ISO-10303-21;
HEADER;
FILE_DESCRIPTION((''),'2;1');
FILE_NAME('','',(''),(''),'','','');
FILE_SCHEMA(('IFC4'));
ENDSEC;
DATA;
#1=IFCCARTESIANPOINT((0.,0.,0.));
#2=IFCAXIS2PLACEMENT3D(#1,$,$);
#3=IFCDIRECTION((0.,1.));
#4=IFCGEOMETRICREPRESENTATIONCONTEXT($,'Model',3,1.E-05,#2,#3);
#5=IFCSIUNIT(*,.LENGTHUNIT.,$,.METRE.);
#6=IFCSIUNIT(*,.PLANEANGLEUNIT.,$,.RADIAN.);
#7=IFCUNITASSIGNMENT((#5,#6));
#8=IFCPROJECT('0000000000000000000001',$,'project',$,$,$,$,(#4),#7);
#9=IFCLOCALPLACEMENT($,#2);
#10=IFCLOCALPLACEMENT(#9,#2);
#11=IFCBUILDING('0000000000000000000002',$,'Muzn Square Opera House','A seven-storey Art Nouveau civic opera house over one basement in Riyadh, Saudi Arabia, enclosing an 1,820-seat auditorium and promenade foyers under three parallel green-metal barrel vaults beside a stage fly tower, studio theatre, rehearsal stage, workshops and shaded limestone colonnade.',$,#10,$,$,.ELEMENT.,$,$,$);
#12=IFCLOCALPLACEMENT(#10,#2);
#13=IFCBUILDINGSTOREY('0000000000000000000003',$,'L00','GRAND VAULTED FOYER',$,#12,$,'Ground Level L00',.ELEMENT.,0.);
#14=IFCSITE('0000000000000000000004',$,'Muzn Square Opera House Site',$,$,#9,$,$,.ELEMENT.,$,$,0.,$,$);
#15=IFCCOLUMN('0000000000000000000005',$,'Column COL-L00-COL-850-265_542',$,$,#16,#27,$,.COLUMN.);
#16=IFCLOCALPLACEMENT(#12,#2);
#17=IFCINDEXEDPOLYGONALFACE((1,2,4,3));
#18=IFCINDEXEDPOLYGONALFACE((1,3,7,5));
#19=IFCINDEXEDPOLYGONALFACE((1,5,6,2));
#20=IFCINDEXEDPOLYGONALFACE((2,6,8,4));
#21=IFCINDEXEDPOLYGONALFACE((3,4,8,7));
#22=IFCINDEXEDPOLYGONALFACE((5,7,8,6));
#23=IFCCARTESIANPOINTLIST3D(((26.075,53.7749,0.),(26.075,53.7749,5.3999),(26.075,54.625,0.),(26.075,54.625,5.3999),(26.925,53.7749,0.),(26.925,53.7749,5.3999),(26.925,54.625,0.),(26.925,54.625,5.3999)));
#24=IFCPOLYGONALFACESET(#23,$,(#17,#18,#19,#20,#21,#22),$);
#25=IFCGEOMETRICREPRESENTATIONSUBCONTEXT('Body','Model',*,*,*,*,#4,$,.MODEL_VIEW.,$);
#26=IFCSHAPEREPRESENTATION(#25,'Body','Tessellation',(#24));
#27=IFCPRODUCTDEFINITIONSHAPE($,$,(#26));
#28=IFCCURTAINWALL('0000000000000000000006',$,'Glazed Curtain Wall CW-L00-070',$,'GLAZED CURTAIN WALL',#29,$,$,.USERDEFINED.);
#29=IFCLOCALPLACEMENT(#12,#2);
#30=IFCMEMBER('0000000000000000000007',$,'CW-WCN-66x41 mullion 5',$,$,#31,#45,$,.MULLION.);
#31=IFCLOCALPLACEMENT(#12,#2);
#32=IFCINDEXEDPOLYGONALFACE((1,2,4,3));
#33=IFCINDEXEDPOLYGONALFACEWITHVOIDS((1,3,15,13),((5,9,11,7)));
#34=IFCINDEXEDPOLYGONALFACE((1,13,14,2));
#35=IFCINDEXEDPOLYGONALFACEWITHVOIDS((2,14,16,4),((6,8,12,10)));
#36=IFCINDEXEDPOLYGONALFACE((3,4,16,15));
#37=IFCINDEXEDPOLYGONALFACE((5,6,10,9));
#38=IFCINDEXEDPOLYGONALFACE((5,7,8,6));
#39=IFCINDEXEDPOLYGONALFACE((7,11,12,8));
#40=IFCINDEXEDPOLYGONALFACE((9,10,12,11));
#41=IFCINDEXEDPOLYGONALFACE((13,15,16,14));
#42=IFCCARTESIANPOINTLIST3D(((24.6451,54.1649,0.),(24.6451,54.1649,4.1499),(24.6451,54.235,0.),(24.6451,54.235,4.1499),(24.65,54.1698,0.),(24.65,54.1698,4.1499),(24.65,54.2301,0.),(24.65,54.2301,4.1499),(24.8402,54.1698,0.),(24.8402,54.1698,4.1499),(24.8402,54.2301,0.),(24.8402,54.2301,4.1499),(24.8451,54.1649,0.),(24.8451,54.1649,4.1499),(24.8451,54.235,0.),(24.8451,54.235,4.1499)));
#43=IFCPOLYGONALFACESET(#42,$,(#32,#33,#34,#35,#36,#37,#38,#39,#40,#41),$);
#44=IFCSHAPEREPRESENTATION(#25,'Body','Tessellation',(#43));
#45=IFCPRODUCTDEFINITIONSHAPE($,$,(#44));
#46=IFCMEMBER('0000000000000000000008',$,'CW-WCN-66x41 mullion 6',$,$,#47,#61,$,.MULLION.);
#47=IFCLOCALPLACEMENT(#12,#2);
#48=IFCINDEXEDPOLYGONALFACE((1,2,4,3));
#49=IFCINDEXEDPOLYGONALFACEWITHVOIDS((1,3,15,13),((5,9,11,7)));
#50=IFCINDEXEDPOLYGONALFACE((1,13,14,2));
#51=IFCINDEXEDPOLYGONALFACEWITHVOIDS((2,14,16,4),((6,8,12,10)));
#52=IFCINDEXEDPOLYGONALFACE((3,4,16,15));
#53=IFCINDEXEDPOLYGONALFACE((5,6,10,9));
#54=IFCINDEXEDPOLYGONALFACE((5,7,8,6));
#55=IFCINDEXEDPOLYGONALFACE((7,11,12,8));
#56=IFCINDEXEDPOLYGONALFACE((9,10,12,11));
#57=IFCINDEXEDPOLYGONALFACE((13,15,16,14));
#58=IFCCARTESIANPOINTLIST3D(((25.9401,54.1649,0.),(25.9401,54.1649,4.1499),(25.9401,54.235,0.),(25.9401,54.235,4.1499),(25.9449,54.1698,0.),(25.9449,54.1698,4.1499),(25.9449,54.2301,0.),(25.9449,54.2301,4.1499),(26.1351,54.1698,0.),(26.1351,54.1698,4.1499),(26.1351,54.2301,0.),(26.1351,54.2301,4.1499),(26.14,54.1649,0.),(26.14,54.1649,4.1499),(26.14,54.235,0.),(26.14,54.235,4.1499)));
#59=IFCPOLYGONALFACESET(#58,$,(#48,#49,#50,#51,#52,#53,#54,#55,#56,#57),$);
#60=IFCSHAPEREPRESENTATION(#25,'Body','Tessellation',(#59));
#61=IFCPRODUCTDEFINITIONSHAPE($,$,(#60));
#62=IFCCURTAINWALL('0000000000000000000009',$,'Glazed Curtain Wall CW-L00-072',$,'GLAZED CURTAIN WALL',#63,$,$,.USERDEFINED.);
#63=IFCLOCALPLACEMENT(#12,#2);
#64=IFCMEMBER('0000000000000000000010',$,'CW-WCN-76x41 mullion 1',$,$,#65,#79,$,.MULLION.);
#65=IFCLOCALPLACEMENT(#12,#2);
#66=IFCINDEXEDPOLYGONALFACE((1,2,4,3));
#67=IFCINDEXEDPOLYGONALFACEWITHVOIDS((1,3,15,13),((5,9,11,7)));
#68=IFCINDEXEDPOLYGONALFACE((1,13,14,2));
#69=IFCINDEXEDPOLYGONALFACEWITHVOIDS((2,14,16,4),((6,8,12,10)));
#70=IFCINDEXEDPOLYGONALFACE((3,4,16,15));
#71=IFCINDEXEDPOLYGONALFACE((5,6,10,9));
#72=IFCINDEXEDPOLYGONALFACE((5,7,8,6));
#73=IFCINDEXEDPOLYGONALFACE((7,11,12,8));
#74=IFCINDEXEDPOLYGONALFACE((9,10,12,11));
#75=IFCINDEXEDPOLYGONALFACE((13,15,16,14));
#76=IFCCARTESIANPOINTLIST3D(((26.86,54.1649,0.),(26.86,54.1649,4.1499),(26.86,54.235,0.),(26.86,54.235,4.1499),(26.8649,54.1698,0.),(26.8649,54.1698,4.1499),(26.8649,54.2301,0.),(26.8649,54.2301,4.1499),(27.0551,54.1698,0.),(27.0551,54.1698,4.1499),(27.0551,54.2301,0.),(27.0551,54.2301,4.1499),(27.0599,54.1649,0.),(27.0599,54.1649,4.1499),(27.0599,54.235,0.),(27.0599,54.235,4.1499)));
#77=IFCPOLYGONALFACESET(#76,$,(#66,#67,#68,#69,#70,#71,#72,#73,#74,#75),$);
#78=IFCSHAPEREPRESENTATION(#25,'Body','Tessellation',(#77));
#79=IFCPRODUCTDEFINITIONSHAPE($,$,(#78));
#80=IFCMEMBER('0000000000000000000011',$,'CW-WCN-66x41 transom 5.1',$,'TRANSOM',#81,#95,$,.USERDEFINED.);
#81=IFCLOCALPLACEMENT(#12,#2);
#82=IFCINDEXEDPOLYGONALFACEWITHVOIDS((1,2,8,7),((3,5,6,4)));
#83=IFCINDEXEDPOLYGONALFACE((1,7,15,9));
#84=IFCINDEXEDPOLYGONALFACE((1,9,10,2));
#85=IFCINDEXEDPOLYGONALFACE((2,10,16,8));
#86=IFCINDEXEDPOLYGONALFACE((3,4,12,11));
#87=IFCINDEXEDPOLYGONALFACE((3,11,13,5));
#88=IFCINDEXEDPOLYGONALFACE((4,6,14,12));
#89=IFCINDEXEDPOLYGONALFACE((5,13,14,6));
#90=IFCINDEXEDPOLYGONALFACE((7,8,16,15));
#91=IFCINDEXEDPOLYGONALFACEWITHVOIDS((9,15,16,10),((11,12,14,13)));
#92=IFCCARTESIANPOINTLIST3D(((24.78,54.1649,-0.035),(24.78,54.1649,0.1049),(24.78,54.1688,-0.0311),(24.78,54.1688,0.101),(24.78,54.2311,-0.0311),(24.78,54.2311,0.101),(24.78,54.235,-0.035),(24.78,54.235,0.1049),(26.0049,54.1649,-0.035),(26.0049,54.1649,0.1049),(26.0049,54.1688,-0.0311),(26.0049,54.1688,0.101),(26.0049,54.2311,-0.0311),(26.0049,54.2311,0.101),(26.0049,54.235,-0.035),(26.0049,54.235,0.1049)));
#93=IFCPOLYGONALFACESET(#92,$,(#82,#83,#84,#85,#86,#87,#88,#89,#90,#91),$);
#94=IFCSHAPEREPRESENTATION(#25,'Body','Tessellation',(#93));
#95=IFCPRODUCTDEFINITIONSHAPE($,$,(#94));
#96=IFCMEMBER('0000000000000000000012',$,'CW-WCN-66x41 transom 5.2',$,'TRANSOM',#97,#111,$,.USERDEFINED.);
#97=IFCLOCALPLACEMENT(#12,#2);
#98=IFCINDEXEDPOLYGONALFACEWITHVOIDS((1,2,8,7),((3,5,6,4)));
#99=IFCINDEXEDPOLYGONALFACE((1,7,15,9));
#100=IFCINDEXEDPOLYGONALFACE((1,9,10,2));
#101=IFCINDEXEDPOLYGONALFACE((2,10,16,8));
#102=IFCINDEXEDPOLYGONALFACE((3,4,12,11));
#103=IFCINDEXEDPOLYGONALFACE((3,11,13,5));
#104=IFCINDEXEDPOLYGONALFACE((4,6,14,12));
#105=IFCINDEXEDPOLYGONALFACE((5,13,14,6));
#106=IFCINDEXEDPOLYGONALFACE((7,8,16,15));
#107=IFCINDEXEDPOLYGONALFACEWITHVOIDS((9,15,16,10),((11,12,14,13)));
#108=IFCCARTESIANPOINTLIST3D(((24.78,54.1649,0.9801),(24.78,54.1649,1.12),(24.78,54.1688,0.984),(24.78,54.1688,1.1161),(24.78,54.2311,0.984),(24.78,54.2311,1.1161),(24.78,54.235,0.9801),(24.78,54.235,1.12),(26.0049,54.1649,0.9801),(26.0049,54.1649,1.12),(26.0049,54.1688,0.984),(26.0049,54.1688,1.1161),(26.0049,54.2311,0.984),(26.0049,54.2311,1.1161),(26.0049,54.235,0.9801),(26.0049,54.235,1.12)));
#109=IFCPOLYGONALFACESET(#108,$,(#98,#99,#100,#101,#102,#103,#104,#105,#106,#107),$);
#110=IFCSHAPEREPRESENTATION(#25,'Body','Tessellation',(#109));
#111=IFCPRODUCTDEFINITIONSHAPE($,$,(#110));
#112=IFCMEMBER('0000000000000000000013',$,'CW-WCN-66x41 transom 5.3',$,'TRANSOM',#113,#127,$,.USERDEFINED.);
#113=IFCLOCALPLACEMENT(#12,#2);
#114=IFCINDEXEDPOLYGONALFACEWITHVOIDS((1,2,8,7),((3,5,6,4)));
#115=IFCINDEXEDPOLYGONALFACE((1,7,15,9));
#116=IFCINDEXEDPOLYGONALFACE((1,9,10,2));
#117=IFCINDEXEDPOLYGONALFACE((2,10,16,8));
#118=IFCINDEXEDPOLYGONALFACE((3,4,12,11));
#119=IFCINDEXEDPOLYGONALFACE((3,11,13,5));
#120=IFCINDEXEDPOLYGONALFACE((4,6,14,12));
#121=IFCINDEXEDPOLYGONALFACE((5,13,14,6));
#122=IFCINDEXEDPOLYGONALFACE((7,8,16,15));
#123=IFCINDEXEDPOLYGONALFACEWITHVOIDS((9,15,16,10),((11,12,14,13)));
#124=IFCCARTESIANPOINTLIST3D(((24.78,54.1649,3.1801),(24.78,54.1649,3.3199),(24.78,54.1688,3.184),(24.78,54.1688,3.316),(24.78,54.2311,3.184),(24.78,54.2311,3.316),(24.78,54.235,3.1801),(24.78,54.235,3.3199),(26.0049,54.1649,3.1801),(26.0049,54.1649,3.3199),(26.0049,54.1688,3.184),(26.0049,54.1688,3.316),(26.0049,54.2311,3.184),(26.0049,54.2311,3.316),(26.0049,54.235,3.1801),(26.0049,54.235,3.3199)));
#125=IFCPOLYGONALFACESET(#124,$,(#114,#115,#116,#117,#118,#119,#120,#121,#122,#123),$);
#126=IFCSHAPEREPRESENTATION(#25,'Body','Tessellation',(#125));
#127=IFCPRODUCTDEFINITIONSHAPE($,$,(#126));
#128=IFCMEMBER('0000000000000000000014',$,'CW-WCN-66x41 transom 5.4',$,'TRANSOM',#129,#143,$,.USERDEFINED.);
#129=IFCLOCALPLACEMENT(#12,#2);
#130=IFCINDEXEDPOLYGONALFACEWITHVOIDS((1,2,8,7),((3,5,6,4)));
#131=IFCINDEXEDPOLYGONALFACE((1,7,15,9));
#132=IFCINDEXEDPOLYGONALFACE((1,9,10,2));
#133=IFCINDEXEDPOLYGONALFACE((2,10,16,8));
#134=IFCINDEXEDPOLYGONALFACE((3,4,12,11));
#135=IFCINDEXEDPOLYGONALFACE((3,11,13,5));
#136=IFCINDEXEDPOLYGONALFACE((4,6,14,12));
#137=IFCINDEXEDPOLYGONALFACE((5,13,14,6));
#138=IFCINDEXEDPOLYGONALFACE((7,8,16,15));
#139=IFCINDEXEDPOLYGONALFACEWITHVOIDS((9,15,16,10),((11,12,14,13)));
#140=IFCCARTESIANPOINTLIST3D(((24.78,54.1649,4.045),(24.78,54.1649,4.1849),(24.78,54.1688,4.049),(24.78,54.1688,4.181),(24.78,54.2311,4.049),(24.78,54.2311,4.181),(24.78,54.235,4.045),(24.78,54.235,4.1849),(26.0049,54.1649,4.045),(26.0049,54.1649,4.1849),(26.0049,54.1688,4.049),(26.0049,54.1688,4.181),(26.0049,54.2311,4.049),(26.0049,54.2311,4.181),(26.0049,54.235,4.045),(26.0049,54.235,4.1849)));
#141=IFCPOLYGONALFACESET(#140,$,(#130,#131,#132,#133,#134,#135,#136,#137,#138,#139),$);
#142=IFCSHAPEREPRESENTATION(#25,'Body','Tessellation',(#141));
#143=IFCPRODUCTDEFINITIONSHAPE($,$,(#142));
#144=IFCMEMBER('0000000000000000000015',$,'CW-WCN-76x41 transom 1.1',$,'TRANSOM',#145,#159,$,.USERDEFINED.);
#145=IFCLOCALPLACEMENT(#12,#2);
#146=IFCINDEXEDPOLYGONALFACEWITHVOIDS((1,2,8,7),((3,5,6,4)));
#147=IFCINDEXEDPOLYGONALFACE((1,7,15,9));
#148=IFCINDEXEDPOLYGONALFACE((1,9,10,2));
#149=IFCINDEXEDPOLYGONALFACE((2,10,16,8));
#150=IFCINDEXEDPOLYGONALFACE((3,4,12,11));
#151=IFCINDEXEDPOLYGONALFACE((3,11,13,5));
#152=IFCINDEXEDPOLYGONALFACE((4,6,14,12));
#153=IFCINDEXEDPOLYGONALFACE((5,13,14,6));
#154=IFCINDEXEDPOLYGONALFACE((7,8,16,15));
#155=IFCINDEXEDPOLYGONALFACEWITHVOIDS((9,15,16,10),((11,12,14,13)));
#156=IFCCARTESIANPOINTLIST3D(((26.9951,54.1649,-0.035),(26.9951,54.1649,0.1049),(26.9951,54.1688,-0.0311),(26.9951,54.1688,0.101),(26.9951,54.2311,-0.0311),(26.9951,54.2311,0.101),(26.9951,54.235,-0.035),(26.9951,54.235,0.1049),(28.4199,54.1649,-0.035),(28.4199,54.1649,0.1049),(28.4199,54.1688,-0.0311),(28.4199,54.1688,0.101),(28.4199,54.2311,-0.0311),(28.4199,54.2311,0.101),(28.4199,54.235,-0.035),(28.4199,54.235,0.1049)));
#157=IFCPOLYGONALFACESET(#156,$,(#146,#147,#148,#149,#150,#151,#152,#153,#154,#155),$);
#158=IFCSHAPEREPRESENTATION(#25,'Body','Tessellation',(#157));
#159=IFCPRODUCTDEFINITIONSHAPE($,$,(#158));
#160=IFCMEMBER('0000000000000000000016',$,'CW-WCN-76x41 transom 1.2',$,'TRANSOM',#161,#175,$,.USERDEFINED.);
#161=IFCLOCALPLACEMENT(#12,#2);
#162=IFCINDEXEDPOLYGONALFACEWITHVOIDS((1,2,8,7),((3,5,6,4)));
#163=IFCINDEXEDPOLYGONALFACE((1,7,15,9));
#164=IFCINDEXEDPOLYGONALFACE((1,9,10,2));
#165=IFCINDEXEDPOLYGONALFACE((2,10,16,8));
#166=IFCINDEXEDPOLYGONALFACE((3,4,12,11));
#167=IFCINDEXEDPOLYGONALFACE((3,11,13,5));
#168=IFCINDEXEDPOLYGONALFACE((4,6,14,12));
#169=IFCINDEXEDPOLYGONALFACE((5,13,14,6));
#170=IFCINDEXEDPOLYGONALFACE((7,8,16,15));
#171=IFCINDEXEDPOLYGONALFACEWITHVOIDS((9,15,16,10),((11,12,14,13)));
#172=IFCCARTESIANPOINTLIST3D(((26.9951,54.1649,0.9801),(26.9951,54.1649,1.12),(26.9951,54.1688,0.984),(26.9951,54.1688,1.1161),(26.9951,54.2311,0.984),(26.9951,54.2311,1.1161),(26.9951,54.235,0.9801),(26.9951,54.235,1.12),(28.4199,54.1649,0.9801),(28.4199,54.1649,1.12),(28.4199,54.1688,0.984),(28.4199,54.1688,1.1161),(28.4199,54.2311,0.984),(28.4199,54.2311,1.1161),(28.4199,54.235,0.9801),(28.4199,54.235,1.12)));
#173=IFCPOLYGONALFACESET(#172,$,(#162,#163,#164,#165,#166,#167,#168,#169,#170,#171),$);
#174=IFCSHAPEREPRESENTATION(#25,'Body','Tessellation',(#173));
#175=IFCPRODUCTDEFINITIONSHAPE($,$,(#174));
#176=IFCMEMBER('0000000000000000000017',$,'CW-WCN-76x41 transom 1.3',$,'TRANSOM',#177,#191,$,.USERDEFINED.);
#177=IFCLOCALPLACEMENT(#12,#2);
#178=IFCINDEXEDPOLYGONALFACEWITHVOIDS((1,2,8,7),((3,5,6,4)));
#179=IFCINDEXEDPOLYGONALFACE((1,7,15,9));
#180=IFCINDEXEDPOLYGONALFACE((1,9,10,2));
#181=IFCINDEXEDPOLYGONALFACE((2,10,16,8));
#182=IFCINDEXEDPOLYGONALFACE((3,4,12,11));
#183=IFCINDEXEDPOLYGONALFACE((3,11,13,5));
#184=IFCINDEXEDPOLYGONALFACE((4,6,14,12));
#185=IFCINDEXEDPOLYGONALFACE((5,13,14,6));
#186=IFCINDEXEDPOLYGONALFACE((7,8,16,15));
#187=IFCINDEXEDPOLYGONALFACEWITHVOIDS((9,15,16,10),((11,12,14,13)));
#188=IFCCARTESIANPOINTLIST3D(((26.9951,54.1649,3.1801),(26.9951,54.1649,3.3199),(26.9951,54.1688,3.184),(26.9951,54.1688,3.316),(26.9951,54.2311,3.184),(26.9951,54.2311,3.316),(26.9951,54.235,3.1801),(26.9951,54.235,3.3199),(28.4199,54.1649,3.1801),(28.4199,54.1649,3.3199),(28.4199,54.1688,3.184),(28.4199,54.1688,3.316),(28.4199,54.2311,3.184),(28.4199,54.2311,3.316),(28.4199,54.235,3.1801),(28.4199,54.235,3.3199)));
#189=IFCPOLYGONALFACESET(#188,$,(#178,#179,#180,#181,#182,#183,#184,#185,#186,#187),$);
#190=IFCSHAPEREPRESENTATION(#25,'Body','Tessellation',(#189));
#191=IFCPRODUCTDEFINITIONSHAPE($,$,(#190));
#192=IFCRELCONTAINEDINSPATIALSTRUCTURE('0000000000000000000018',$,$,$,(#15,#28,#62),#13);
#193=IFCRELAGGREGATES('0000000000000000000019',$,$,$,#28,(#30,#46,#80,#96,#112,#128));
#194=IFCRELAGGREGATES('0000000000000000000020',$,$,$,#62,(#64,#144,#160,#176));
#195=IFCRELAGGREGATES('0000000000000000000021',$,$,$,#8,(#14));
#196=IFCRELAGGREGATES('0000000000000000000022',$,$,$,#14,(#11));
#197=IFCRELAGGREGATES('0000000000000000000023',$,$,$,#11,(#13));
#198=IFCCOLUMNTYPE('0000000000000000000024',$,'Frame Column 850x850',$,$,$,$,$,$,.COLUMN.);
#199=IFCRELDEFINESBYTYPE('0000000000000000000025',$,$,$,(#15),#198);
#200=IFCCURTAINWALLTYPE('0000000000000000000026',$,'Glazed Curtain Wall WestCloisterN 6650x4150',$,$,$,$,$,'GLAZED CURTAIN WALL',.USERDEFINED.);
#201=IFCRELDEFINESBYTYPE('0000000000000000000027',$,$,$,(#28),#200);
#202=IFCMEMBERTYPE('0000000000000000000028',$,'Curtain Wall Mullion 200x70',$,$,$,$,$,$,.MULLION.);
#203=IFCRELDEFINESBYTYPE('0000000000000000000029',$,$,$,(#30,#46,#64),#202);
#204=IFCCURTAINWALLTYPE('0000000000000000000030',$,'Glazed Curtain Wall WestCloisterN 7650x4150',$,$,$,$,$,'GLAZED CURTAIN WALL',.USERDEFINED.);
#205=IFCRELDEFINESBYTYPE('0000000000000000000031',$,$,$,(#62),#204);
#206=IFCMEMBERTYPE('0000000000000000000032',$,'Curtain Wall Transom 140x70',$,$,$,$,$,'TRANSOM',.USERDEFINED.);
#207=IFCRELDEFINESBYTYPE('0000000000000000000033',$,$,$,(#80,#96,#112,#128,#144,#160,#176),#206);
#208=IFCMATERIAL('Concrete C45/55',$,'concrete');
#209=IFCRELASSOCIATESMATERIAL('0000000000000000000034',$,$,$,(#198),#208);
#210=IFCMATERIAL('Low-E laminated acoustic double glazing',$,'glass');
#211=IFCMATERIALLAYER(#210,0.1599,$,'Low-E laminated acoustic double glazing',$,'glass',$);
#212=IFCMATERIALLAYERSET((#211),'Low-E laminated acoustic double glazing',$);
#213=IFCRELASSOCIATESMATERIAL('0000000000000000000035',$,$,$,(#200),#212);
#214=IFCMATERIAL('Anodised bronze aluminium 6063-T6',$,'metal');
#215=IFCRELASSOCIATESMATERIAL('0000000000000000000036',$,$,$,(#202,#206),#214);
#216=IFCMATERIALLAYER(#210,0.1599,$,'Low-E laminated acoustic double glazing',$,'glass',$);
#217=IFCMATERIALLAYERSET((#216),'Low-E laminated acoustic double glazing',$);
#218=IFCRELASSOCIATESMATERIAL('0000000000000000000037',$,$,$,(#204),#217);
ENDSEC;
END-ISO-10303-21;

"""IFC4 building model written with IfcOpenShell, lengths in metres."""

from ifc_helpers import new_model, si_unit, direction, frame, origin, origin_2d, place, context, subcontext, project, spatial, rectangle, hollow_rectangle, extrude, material, layer, layer_set, material_profile, profile_set, type_object, element, aggregate, save


model = new_model("IFC4")

# Units and contexts
model_context = context("Model", 3, precision=1e-05, world=origin(), true_north=direction((0.0, 1.0)))
body_context = subcontext(model_context, "Body", "Model", "MODEL_VIEW")
ifc_project = project(units=[si_unit("LENGTHUNIT", "METRE"), si_unit("PLANEANGLEUNIT", "RADIAN")], contexts=[model_context])

# Site, building, storey
site_placement = place(None, origin())
site = spatial("IfcSite", under=ifc_project, at=site_placement, Name="Muzn Square Opera House Site", CompositionType="ELEMENT", RefElevation=0.0)
building_placement = place(site_placement, origin())
building = spatial("IfcBuilding", under=site, at=building_placement, Name="Muzn Square Opera House", Description="A seven-storey Art Nouveau civic opera house over one basement in Riyadh, Saudi Arabia, enclosing an 1,820-seat auditorium and promenade foyers under three parallel green-metal barrel vaults beside a stage fly tower, studio theatre, rehearsal stage, workshops and shaded limestone colonnade.", CompositionType="ELEMENT")
storey_placement = place(building_placement, origin())
storey = spatial("IfcBuildingStorey", under=building, at=storey_placement, Name="L00", Description="GRAND VAULTED FOYER", LongName="Ground Level L00", CompositionType="ELEMENT", Elevation=0.0)

# Column
ifc_material_1 = material(Name="Concrete C45/55", Category="concrete")
ifc_material_profile_1 = material_profile(ifc_material_1, rectangle(XDim=0.8501, YDim=0.8501, at=origin_2d()), Name="RC 850x850", Category="concrete")
ifc_profile_set_1 = profile_set([ifc_material_profile_1], Name="Concrete C45/55")
column_type = type_object("IfcColumnType", Name="Frame Column 850x850", PredefinedType="COLUMN", material=ifc_profile_set_1)
column_placement = place(storey_placement, frame((26.5, 54.2, 0.0), z_axis=(0.0, 0.0, 1.0), x_axis=(1.0, 0.0, 0.0)))
element("IfcColumn", 1, at=column_placement, inside=storey, type_object=column_type, Name="Column COL-L00-COL-850-265_542", PredefinedType="COLUMN", context=body_context, shape_type="SweptSolid", body=[
    extrude(rectangle(XDim=0.8501, YDim=0.8501, at=origin_2d()), origin(), (0.0, 0.0, 1.0), 5.3999),
])

# Curtain wall, members
ifc_material_2 = material(Name="Low-E laminated acoustic double glazing", Category="glass")
ifc_layer_1 = layer(ifc_material_2, 0.1599, Name="Low-E laminated acoustic double glazing", Category="glass")
ifc_layer_set_1 = layer_set([ifc_layer_1], Name="Low-E laminated acoustic double glazing")
curtain_wall_type_1 = type_object("IfcCurtainWallType", Name="Glazed Curtain Wall WestCloisterN 6650x4150", ElementType="GLAZED CURTAIN WALL", PredefinedType="USERDEFINED", material=ifc_layer_set_1)
curtain_wall_1_placement = place(storey_placement, origin())
curtain_wall_1 = element("IfcCurtainWall", 2, at=curtain_wall_1_placement, inside=storey, type_object=curtain_wall_type_1, Name="Glazed Curtain Wall CW-L00-070", ObjectType="GLAZED CURTAIN WALL", PredefinedType="USERDEFINED")
ifc_material_3 = material(Name="Anodised bronze aluminium 6063-T6", Category="metal")
ifc_material_profile_2 = material_profile(ifc_material_3, hollow_rectangle(XDim=0.0701, YDim=0.2, WallThickness=0.0049, at=origin_2d()), Name="ALU 200x70x5", Category="metal")
ifc_profile_set_2 = profile_set([ifc_material_profile_2], Name="Anodised bronze aluminium 6063-T6")
member_type_1 = type_object("IfcMemberType", Name="Curtain Wall Mullion 200x70", PredefinedType="MULLION", material=ifc_profile_set_2)
member_1_placement = place(storey_placement, frame((24.7451, 54.2, 0.0), z_axis=(0.0, 0.0, 1.0), x_axis=(0.0, 1.0, 0.0)))
member_1 = element("IfcMember", 3, at=member_1_placement, type_object=member_type_1, Name="CW-WCN-66x41 mullion 5", PredefinedType="MULLION", context=body_context, shape_type="SweptSolid", body=[
    extrude(hollow_rectangle(XDim=0.0701, YDim=0.2, WallThickness=0.0049, at=origin_2d()), origin(), (0.0, 0.0, 1.0), 4.1499),
])
member_2_placement = place(storey_placement, frame((26.04, 54.2, 0.0), z_axis=(0.0, 0.0, 1.0), x_axis=(0.0, 1.0, 0.0)))
member_2 = element("IfcMember", 4, at=member_2_placement, type_object=member_type_1, Name="CW-WCN-66x41 mullion 6", PredefinedType="MULLION", context=body_context, shape_type="SweptSolid", body=[
    extrude(hollow_rectangle(XDim=0.0701, YDim=0.2, WallThickness=0.0049, at=origin_2d()), origin(), (0.0, 0.0, 1.0), 4.1499),
])

# Curtain wall, member
ifc_layer_2 = layer(ifc_material_2, 0.1599, Name="Low-E laminated acoustic double glazing", Category="glass")
ifc_layer_set_2 = layer_set([ifc_layer_2], Name="Low-E laminated acoustic double glazing")
curtain_wall_type_2 = type_object("IfcCurtainWallType", Name="Glazed Curtain Wall WestCloisterN 7650x4150", ElementType="GLAZED CURTAIN WALL", PredefinedType="USERDEFINED", material=ifc_layer_set_2)
curtain_wall_2_placement = place(storey_placement, origin())
curtain_wall_2 = element("IfcCurtainWall", 5, at=curtain_wall_2_placement, inside=storey, type_object=curtain_wall_type_2, Name="Glazed Curtain Wall CW-L00-072", ObjectType="GLAZED CURTAIN WALL", PredefinedType="USERDEFINED")
member_3_placement = place(storey_placement, frame((26.96, 54.2, 0.0), z_axis=(0.0, 0.0, 1.0), x_axis=(0.0, 1.0, 0.0)))
member_3 = element("IfcMember", 6, at=member_3_placement, type_object=member_type_1, Name="CW-WCN-76x41 mullion 1", PredefinedType="MULLION", context=body_context, shape_type="SweptSolid", body=[
    extrude(hollow_rectangle(XDim=0.0701, YDim=0.2, WallThickness=0.0049, at=origin_2d()), origin(), (0.0, 0.0, 1.0), 4.1499),
])

# Members
ifc_material_profile_3 = material_profile(ifc_material_3, hollow_rectangle(XDim=0.0701, YDim=0.1399, WallThickness=0.0039, at=origin_2d()), Name="ALU 140x70x4", Category="metal")
ifc_profile_set_3 = profile_set([ifc_material_profile_3], Name="Anodised bronze aluminium 6063-T6")
member_type_2 = type_object("IfcMemberType", Name="Curtain Wall Transom 140x70", ElementType="TRANSOM", PredefinedType="USERDEFINED", material=ifc_profile_set_3)
member_4_placement = place(storey_placement, frame((24.78, 54.2, 0.0349), z_axis=(1.0, 0.0, 0.0), x_axis=(0.0, 1.0, 0.0)))
member_4 = element("IfcMember", 7, at=member_4_placement, type_object=member_type_2, Name="CW-WCN-66x41 transom 5.1", ObjectType="TRANSOM", PredefinedType="USERDEFINED", context=body_context, shape_type="SweptSolid", body=[
    extrude(hollow_rectangle(XDim=0.0701, YDim=0.1399, WallThickness=0.0039, at=origin_2d()), origin(), (0.0, 0.0, 1.0), 1.2249),
])
member_5_placement = place(storey_placement, frame((24.78, 54.2, 1.05), z_axis=(1.0, 0.0, 0.0), x_axis=(0.0, 1.0, 0.0)))
member_5 = element("IfcMember", 8, at=member_5_placement, type_object=member_type_2, Name="CW-WCN-66x41 transom 5.2", ObjectType="TRANSOM", PredefinedType="USERDEFINED", context=body_context, shape_type="SweptSolid", body=[
    extrude(hollow_rectangle(XDim=0.0701, YDim=0.1399, WallThickness=0.0039, at=origin_2d()), origin(), (0.0, 0.0, 1.0), 1.2249),
])
member_6_placement = place(storey_placement, frame((24.78, 54.2, 3.25), z_axis=(1.0, 0.0, 0.0), x_axis=(0.0, 1.0, 0.0)))
member_6 = element("IfcMember", 9, at=member_6_placement, type_object=member_type_2, Name="CW-WCN-66x41 transom 5.3", ObjectType="TRANSOM", PredefinedType="USERDEFINED", context=body_context, shape_type="SweptSolid", body=[
    extrude(hollow_rectangle(XDim=0.0701, YDim=0.1399, WallThickness=0.0039, at=origin_2d()), origin(), (0.0, 0.0, 1.0), 1.2249),
])
member_7_placement = place(storey_placement, frame((24.78, 54.2, 4.115), z_axis=(1.0, 0.0, 0.0), x_axis=(0.0, 1.0, 0.0)))
member_7 = element("IfcMember", 10, at=member_7_placement, type_object=member_type_2, Name="CW-WCN-66x41 transom 5.4", ObjectType="TRANSOM", PredefinedType="USERDEFINED", context=body_context, shape_type="SweptSolid", body=[
    extrude(hollow_rectangle(XDim=0.0701, YDim=0.1399, WallThickness=0.0039, at=origin_2d()), origin(), (0.0, 0.0, 1.0), 1.2249),
])
member_8_placement = place(storey_placement, frame((26.9951, 54.2, 0.0349), z_axis=(1.0, 0.0, 0.0), x_axis=(0.0, 1.0, 0.0)))
member_8 = element("IfcMember", 11, at=member_8_placement, type_object=member_type_2, Name="CW-WCN-76x41 transom 1.1", ObjectType="TRANSOM", PredefinedType="USERDEFINED", context=body_context, shape_type="SweptSolid", body=[
    extrude(hollow_rectangle(XDim=0.0701, YDim=0.1399, WallThickness=0.0039, at=origin_2d()), origin(), (0.0, 0.0, 1.0), 1.4248),
])
member_9_placement = place(storey_placement, frame((26.9951, 54.2, 1.05), z_axis=(1.0, 0.0, 0.0), x_axis=(0.0, 1.0, 0.0)))
member_9 = element("IfcMember", 12, at=member_9_placement, type_object=member_type_2, Name="CW-WCN-76x41 transom 1.2", ObjectType="TRANSOM", PredefinedType="USERDEFINED", context=body_context, shape_type="SweptSolid", body=[
    extrude(hollow_rectangle(XDim=0.0701, YDim=0.1399, WallThickness=0.0039, at=origin_2d()), origin(), (0.0, 0.0, 1.0), 1.4248),
])
member_10_placement = place(storey_placement, frame((26.9951, 54.2, 3.25), z_axis=(1.0, 0.0, 0.0), x_axis=(0.0, 1.0, 0.0)))
member_10 = element("IfcMember", 13, at=member_10_placement, type_object=member_type_2, Name="CW-WCN-76x41 transom 1.3", ObjectType="TRANSOM", PredefinedType="USERDEFINED", context=body_context, shape_type="SweptSolid", body=[
    extrude(hollow_rectangle(XDim=0.0701, YDim=0.1399, WallThickness=0.0039, at=origin_2d()), origin(), (0.0, 0.0, 1.0), 1.4248),
])

aggregate(curtain_wall_1, [member_1, member_2, member_4, member_5, member_6, member_7])
aggregate(curtain_wall_2, [member_3, member_8, member_9, member_10])

save(model, "model.ifc")
